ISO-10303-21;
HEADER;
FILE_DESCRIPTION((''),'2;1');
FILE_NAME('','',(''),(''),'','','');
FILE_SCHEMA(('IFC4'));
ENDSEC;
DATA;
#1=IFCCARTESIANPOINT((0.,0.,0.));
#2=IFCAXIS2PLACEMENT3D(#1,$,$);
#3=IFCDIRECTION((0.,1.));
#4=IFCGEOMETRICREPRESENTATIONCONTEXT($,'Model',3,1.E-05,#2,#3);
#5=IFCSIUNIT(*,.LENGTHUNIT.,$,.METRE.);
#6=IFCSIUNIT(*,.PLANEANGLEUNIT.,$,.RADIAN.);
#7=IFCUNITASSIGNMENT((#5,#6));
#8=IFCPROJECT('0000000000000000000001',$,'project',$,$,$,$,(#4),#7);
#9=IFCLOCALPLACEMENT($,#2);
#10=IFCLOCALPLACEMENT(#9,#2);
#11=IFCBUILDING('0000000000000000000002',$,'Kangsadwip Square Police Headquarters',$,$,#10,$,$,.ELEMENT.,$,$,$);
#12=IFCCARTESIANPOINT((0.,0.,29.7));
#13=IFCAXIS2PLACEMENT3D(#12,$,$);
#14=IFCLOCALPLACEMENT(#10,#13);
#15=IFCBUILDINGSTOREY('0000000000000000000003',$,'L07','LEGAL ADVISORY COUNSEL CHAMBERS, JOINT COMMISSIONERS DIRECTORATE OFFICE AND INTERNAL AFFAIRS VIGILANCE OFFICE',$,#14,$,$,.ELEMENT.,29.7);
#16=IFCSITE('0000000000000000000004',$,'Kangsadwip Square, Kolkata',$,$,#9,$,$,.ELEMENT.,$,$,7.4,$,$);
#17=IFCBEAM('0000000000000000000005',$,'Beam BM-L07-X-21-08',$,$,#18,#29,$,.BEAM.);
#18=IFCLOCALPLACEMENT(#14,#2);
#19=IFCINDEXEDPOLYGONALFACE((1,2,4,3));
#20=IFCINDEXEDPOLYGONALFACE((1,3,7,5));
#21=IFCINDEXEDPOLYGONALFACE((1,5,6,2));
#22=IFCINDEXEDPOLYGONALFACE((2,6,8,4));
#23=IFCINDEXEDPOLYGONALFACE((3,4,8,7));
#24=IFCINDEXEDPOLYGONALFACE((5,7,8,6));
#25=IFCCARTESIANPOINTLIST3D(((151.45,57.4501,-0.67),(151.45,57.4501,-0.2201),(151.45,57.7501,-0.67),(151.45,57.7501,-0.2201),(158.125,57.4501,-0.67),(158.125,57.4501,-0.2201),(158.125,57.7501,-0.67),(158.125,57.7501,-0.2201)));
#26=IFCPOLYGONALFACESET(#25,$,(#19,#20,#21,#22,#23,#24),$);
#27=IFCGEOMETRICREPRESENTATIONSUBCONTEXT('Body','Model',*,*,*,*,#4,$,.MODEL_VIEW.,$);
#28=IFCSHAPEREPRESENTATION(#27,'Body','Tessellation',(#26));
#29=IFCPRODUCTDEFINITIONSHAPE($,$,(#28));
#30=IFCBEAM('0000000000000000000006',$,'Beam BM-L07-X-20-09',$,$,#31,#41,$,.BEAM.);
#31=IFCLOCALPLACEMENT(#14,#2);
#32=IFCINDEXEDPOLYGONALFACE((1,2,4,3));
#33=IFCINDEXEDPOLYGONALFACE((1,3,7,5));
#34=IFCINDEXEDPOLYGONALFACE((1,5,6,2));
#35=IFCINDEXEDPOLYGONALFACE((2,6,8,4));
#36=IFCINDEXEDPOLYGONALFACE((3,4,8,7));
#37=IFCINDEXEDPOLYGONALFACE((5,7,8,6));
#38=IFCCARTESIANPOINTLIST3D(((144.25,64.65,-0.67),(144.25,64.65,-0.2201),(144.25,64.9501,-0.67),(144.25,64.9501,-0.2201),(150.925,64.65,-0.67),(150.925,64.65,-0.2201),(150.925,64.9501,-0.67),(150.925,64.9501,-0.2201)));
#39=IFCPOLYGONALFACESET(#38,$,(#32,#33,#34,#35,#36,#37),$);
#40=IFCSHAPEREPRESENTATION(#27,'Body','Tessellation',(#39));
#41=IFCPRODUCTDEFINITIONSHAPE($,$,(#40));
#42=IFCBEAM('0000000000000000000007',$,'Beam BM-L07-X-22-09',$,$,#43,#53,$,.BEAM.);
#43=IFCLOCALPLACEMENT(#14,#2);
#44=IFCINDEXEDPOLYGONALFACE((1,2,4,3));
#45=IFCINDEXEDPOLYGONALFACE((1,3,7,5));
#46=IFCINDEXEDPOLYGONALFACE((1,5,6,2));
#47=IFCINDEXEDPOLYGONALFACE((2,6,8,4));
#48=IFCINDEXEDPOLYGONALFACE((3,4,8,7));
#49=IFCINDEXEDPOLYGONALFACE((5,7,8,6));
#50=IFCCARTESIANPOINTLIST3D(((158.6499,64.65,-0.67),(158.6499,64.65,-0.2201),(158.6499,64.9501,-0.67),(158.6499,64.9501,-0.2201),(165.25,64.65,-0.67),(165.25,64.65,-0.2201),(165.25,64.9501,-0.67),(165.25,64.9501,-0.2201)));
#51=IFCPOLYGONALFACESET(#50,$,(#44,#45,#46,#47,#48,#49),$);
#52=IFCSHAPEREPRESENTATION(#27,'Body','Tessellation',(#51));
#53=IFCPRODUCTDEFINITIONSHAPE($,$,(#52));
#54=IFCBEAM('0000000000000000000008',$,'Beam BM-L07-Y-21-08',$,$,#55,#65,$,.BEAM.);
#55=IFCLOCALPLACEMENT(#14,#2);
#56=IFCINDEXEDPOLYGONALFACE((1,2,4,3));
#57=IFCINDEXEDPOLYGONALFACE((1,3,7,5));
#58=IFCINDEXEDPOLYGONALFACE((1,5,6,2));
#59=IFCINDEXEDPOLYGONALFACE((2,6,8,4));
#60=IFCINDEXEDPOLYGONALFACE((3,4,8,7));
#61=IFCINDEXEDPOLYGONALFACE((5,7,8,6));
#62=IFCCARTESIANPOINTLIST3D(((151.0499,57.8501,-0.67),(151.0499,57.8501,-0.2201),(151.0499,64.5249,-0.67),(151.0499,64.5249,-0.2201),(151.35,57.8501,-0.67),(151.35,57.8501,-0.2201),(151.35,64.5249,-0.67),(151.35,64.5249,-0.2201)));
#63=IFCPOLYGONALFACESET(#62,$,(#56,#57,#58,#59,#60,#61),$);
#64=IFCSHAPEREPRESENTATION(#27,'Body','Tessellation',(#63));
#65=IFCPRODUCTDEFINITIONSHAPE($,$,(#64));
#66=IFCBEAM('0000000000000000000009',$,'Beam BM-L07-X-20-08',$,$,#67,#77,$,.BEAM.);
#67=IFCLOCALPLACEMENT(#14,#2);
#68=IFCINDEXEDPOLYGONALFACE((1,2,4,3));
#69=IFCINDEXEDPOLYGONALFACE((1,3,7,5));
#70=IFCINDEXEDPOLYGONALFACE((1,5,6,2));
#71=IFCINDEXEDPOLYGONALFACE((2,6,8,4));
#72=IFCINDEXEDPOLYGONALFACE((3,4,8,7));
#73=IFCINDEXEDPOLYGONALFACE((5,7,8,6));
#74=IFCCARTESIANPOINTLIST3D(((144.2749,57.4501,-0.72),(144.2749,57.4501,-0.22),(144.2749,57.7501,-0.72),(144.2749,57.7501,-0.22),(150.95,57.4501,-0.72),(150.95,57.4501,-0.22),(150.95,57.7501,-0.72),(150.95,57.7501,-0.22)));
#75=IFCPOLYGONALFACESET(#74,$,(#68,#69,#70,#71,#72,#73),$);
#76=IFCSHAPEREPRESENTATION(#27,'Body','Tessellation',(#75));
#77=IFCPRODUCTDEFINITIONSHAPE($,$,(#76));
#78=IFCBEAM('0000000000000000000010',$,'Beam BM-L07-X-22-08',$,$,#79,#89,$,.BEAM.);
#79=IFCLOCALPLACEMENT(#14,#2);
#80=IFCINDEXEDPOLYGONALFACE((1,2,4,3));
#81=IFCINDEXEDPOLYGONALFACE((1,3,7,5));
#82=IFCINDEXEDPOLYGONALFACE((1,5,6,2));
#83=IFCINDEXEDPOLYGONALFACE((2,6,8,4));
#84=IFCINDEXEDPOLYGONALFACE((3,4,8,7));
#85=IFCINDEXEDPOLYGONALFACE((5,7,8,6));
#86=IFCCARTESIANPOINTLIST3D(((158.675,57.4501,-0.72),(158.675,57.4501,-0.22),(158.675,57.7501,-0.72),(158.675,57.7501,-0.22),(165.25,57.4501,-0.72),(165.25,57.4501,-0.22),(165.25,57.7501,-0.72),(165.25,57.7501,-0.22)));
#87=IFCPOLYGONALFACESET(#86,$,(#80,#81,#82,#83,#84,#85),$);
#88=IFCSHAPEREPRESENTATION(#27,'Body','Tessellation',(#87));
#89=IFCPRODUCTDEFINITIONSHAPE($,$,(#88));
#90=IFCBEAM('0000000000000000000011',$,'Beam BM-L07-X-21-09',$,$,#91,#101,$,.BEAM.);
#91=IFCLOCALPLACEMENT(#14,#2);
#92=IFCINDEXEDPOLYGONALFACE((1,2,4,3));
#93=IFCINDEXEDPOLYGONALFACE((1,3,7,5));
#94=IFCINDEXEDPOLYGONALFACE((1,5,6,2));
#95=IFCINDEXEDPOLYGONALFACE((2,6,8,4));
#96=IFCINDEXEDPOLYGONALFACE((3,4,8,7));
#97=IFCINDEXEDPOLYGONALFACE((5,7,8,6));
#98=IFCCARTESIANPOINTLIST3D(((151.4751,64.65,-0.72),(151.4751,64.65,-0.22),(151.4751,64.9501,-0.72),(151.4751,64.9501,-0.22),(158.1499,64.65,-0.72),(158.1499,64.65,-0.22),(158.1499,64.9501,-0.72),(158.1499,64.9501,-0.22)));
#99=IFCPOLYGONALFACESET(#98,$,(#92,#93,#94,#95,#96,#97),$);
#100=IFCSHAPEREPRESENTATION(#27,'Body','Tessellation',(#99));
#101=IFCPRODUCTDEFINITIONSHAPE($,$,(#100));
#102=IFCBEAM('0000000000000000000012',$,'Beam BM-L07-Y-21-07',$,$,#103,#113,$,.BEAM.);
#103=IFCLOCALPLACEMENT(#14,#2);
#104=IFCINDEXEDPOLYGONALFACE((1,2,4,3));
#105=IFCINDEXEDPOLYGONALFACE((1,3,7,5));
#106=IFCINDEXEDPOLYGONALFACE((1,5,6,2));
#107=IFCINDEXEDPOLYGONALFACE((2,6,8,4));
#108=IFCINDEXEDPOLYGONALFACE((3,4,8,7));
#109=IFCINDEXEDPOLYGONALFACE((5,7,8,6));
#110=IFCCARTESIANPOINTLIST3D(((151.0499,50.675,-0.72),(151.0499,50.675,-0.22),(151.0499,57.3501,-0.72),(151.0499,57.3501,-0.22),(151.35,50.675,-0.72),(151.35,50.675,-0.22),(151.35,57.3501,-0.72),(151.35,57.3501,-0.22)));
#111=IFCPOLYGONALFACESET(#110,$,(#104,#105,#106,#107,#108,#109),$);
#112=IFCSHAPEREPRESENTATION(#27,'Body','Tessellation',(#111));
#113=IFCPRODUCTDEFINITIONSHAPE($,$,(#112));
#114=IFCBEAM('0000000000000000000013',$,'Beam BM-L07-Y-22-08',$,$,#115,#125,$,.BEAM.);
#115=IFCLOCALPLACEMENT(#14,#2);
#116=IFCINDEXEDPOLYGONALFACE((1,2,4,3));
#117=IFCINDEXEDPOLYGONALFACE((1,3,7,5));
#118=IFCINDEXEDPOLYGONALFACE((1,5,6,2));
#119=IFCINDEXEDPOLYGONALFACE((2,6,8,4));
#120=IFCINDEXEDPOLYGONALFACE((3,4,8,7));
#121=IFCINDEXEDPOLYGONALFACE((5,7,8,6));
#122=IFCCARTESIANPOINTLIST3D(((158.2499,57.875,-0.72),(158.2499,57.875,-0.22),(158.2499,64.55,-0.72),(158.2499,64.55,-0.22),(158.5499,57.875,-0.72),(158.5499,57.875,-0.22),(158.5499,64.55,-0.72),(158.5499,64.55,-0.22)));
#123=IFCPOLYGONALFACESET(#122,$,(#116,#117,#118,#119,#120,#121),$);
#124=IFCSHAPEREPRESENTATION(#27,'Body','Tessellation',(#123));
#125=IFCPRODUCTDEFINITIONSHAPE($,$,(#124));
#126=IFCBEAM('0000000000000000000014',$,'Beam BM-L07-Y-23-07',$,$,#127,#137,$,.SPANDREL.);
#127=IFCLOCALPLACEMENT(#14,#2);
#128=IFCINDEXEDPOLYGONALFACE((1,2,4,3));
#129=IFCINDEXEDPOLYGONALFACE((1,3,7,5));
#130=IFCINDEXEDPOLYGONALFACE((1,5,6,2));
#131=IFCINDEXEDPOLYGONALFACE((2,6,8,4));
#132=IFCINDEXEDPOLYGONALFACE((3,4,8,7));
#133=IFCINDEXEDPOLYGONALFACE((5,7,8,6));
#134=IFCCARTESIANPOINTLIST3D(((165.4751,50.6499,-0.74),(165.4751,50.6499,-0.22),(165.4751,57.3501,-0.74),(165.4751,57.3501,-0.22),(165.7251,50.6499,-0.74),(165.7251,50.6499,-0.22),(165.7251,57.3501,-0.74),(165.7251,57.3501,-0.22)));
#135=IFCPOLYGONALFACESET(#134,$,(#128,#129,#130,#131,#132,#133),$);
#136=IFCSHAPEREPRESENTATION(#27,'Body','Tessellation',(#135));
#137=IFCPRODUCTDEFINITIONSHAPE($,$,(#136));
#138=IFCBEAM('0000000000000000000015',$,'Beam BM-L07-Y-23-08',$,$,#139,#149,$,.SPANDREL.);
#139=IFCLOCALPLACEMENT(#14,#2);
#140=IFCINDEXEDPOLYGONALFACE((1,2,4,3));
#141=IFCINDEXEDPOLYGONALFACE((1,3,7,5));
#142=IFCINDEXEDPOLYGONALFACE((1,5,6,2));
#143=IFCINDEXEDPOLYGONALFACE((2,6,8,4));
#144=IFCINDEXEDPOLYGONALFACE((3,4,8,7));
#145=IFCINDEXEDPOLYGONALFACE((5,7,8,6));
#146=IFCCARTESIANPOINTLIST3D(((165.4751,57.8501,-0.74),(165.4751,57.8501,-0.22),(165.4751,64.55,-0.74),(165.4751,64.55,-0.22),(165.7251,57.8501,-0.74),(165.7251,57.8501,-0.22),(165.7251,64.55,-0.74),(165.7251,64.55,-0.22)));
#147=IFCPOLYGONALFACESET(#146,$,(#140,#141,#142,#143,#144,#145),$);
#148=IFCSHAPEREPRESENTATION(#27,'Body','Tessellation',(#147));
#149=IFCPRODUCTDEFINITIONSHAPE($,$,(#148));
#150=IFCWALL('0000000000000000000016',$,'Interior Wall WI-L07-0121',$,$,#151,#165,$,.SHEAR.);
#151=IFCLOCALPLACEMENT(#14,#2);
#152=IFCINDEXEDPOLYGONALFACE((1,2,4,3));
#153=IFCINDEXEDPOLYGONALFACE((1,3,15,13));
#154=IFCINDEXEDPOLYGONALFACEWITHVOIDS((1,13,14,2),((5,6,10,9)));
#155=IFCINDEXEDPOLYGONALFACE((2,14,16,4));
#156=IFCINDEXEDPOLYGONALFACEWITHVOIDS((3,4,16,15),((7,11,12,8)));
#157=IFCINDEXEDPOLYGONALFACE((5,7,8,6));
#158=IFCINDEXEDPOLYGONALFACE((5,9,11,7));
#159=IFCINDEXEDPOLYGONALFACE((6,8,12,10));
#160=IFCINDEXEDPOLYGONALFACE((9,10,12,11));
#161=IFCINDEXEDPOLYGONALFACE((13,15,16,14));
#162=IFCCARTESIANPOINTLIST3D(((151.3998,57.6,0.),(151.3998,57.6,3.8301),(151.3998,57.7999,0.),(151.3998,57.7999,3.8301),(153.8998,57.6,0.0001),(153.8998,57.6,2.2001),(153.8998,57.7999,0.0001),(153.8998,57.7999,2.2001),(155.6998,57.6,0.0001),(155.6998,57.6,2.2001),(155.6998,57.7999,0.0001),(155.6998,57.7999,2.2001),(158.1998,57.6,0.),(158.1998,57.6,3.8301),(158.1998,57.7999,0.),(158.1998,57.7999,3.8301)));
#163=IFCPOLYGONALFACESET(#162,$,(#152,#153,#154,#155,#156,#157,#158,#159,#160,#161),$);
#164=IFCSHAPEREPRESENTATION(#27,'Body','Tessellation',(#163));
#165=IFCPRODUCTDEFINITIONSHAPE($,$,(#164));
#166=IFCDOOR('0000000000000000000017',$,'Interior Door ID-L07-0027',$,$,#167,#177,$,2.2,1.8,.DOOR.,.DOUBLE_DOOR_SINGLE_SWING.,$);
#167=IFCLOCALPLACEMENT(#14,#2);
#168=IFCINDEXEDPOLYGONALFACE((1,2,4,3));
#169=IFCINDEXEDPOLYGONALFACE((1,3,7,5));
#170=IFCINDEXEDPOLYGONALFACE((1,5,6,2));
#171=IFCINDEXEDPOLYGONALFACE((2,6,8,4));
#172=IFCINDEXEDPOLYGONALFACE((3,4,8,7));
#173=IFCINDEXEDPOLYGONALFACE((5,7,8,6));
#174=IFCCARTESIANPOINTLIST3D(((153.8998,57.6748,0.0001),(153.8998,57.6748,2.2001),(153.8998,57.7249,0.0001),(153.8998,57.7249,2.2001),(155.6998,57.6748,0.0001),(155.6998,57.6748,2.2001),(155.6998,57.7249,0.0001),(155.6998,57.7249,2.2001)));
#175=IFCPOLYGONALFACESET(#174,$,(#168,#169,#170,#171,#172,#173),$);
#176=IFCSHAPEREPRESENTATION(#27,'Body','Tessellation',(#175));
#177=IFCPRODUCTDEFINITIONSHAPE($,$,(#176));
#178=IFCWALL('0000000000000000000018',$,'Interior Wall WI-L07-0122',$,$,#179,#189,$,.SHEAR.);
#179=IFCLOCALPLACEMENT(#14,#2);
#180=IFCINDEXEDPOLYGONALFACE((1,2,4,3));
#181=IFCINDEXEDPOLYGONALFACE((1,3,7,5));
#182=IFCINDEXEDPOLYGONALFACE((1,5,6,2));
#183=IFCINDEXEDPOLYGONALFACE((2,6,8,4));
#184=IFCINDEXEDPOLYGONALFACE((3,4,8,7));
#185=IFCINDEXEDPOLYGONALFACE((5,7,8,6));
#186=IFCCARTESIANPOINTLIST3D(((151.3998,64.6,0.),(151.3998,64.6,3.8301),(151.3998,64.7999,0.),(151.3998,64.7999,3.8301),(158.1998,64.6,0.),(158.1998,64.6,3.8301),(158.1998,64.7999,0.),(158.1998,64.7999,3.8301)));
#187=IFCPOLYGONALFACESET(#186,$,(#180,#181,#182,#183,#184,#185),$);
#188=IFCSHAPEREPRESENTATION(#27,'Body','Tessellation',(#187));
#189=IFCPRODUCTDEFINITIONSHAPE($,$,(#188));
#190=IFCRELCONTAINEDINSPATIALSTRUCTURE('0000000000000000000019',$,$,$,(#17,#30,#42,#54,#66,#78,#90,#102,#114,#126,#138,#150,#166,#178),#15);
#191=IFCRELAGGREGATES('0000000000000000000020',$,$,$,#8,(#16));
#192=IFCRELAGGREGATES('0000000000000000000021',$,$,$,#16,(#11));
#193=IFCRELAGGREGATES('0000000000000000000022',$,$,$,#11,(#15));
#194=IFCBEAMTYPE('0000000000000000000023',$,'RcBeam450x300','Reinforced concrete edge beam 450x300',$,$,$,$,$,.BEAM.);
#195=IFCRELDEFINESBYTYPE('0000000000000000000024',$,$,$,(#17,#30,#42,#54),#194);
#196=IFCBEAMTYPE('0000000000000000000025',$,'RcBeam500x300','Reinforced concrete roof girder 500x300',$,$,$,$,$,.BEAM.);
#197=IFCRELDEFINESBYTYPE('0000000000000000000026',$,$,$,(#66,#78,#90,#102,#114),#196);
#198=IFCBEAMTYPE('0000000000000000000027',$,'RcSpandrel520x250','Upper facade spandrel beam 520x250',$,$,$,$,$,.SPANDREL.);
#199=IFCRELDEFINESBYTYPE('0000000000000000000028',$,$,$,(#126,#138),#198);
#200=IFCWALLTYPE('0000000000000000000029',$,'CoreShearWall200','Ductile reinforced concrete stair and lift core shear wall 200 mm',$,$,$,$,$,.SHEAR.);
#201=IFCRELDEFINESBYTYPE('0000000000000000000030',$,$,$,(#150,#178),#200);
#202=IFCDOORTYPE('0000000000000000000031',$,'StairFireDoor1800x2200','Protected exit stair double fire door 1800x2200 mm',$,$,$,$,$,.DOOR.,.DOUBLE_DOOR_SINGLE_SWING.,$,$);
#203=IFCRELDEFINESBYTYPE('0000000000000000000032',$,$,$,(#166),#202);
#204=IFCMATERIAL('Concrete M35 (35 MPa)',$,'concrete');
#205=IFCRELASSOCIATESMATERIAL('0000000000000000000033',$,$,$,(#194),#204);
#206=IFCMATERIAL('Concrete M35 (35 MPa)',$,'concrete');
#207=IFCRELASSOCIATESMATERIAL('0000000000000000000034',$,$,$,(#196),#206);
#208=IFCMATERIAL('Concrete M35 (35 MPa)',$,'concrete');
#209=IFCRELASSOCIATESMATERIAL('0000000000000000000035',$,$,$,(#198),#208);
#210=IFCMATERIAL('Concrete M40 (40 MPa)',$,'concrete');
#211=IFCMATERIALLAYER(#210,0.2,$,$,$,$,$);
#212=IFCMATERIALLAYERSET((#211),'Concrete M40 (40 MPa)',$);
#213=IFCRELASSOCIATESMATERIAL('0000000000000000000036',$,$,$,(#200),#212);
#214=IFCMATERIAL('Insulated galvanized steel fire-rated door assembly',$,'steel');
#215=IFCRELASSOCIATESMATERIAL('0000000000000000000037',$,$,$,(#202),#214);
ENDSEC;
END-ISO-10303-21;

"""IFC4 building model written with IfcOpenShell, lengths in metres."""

from ifc_helpers import new_model, si_unit, direction, frame, frame_2d, origin, origin_2d, place, context, subcontext, project, spatial, rectangle, extrude, material, layer, layer_set, material_profile, profile_set, type_object, element, fill, save


model = new_model("IFC4")

# Units and contexts
model_context = context("Model", 3, precision=1e-05, world=origin(), true_north=direction((0.0, 1.0)))
body_context = subcontext(model_context, "Body", "Model", "MODEL_VIEW")
ifc_project = project(units=[si_unit("LENGTHUNIT", "METRE"), si_unit("PLANEANGLEUNIT", "RADIAN")], contexts=[model_context])

# Site, building, storey
site_placement = place(None, origin())
site = spatial("IfcSite", under=ifc_project, at=site_placement, Name="Kangsadwip Square, Kolkata", CompositionType="ELEMENT", RefElevation=7.4)
building_placement = place(site_placement, origin())
building = spatial("IfcBuilding", under=site, at=building_placement, Name="Kangsadwip Square Police Headquarters", CompositionType="ELEMENT")
storey_placement = place(building_placement, frame((0.0, 0.0, 29.7)))
storey = spatial("IfcBuildingStorey", under=building, at=storey_placement, Name="L07", Description="LEGAL ADVISORY COUNSEL CHAMBERS, JOINT COMMISSIONERS DIRECTORATE OFFICE AND INTERNAL AFFAIRS VIGILANCE OFFICE", CompositionType="ELEMENT", Elevation=29.7)

# Beams
ifc_material_1 = material(Name="Concrete M35 (35 MPa)", Category="concrete")
ifc_material_profile_1 = material_profile(ifc_material_1, rectangle(XDim=0.3, YDim=0.45, at=origin_2d()), Name="RC BM 450X300")
ifc_profile_set_1 = profile_set([ifc_material_profile_1], Name="Concrete M35 (35 MPa)")
beam_type_1 = type_object("IfcBeamType", Name="RcBeam450x300", Description="Reinforced concrete edge beam 450x300", PredefinedType="BEAM", material=ifc_profile_set_1)
for number, where, z_axis, x_axis, name in (
    (1, (151.45, 57.6001, -0.4451), (1.0, 0.0, 0.0), (0.0, 1.0, 0.0), "Beam BM-L07-X-21-08"),
    (2, (144.25, 64.8, -0.4451), (1.0, 0.0, 0.0), (0.0, 1.0, 0.0), "Beam BM-L07-X-20-09"),
):
    element("IfcBeam", number, at=place(storey_placement, frame(where, z_axis=z_axis, x_axis=x_axis)), inside=storey, type_object=beam_type_1, Name=name, PredefinedType="BEAM", context=body_context, shape_type="SweptSolid", body=[
        extrude(rectangle(XDim=0.3, YDim=0.45, at=origin_2d()), origin(), (0.0, 0.0, 1.0), 6.675),
    ])
beam_1_placement = place(storey_placement, frame((158.6499, 64.8, -0.4451), z_axis=(1.0, 0.0, 0.0), x_axis=(0.0, 1.0, 0.0)))
element("IfcBeam", 3, at=beam_1_placement, inside=storey, type_object=beam_type_1, Name="Beam BM-L07-X-22-09", PredefinedType="BEAM", context=body_context, shape_type="SweptSolid", body=[
    extrude(rectangle(XDim=0.3, YDim=0.45, at=origin_2d()), origin(), (0.0, 0.0, 1.0), 6.6001),
])
beam_2_placement = place(storey_placement, frame((151.2, 57.8501, -0.4451), z_axis=(0.0, 1.0, 0.0), x_axis=(-1.0, 0.0, 0.0)))
element("IfcBeam", 4, at=beam_2_placement, inside=storey, type_object=beam_type_1, Name="Beam BM-L07-Y-21-08", PredefinedType="BEAM", context=body_context, shape_type="SweptSolid", body=[
    extrude(rectangle(XDim=0.3, YDim=0.45, at=origin_2d()), origin(), (0.0, 0.0, 1.0), 6.6748),
])
ifc_material_2 = material(Name="Concrete M35 (35 MPa)", Category="concrete")
ifc_material_profile_2 = material_profile(ifc_material_2, rectangle(XDim=0.3, YDim=0.5, at=origin_2d()), Name="RC BM 500X300")
ifc_profile_set_2 = profile_set([ifc_material_profile_2], Name="Concrete M35 (35 MPa)")
beam_type_2 = type_object("IfcBeamType", Name="RcBeam500x300", Description="Reinforced concrete roof girder 500x300", PredefinedType="BEAM", material=ifc_profile_set_2)
beam_3_placement = place(storey_placement, frame((144.2749, 57.6001, -0.47), z_axis=(1.0, 0.0, 0.0), x_axis=(0.0, 1.0, 0.0)))
element("IfcBeam", 5, at=beam_3_placement, inside=storey, type_object=beam_type_2, Name="Beam BM-L07-X-20-08", PredefinedType="BEAM", context=body_context, shape_type="SweptSolid", body=[
    extrude(rectangle(XDim=0.3, YDim=0.5, at=origin_2d()), origin(), (0.0, 0.0, 1.0), 6.675),
])
beam_4_placement = place(storey_placement, frame((158.675, 57.6001, -0.47), z_axis=(1.0, 0.0, 0.0), x_axis=(0.0, 1.0, 0.0)))
element("IfcBeam", 6, at=beam_4_placement, inside=storey, type_object=beam_type_2, Name="Beam BM-L07-X-22-08", PredefinedType="BEAM", context=body_context, shape_type="SweptSolid", body=[
    extrude(rectangle(XDim=0.3, YDim=0.5, at=origin_2d()), origin(), (0.0, 0.0, 1.0), 6.575),
])
beam_5_placement = place(storey_placement, frame((151.4751, 64.8, -0.47), z_axis=(1.0, 0.0, 0.0), x_axis=(0.0, 1.0, 0.0)))
element("IfcBeam", 7, at=beam_5_placement, inside=storey, type_object=beam_type_2, Name="Beam BM-L07-X-21-09", PredefinedType="BEAM", context=body_context, shape_type="SweptSolid", body=[
    extrude(rectangle(XDim=0.3, YDim=0.5, at=origin_2d()), origin(), (0.0, 0.0, 1.0), 6.6748),
])
for number, where, z_axis, x_axis, name in (
    (8, (151.2, 50.675, -0.47), (0.0, 1.0, 0.0), (-1.0, 0.0, 0.0), "Beam BM-L07-Y-21-07"),
    (9, (158.3999, 57.875, -0.47), (0.0, 1.0, 0.0), (-1.0, 0.0, 0.0), "Beam BM-L07-Y-22-08"),
):
    element("IfcBeam", number, at=place(storey_placement, frame(where, z_axis=z_axis, x_axis=x_axis)), inside=storey, type_object=beam_type_2, Name=name, PredefinedType="BEAM", context=body_context, shape_type="SweptSolid", body=[
        extrude(rectangle(XDim=0.3, YDim=0.5, at=origin_2d()), origin(), (0.0, 0.0, 1.0), 6.675),
    ])
ifc_material_3 = material(Name="Concrete M35 (35 MPa)", Category="concrete")
ifc_material_profile_3 = material_profile(ifc_material_3, rectangle(XDim=0.25, YDim=0.52, at=origin_2d()), Name="RC SPN 520X250")
ifc_profile_set_3 = profile_set([ifc_material_profile_3], Name="Concrete M35 (35 MPa)")
beam_type_3 = type_object("IfcBeamType", Name="RcSpandrel520x250", Description="Upper facade spandrel beam 520x250", PredefinedType="SPANDREL", material=ifc_profile_set_3)
beam_6_placement = place(storey_placement, frame((165.6001, 50.6499, -0.48), z_axis=(0.0, 1.0, 0.0), x_axis=(-1.0, 0.0, 0.0)))
element("IfcBeam", 10, at=beam_6_placement, inside=storey, type_object=beam_type_3, Name="Beam BM-L07-Y-23-07", PredefinedType="SPANDREL", context=body_context, shape_type="SweptSolid", body=[
    extrude(rectangle(XDim=0.25, YDim=0.52, at=origin_2d()), origin(), (0.0, 0.0, 1.0), 6.7002),
])
beam_7_placement = place(storey_placement, frame((165.6001, 57.8501, -0.48), z_axis=(0.0, 1.0, 0.0), x_axis=(-1.0, 0.0, 0.0)))
element("IfcBeam", 11, at=beam_7_placement, inside=storey, type_object=beam_type_3, Name="Beam BM-L07-Y-23-08", PredefinedType="SPANDREL", context=body_context, shape_type="SweptSolid", body=[
    extrude(rectangle(XDim=0.25, YDim=0.52, at=origin_2d()), origin(), (0.0, 0.0, 1.0), 6.7),
])

# Wall, opening, door
ifc_material_4 = material(Name="Concrete M40 (40 MPa)", Category="concrete")
ifc_layer_1 = layer(ifc_material_4, 0.2)
ifc_layer_set_1 = layer_set([ifc_layer_1], Name="Concrete M40 (40 MPa)")
wall_type_1 = type_object("IfcWallType", Name="CoreShearWall200", Description="Ductile reinforced concrete stair and lift core shear wall 200 mm", PredefinedType="SHEAR", material=ifc_layer_set_1)
wall_placement = place(storey_placement, frame((151.3999, 57.7, 0.0), z_axis=(0.0, 0.0, 1.0), x_axis=(1.0, 0.0, 0.0)))
wall = element("IfcWall", 12, at=wall_placement, inside=storey, type_object=wall_type_1, Name="Interior Wall WI-L07-0121", PredefinedType="SHEAR", context=body_context, shape_type="SweptSolid", body=[
    extrude(rectangle(XDim=6.8, YDim=0.2, at=frame_2d((3.3999, 0.0))), origin(), (0.0, 0.0, 1.0), 3.8301),
])
opening_placement = place(wall_placement, frame((2.5, 0.0, 0.0)))
opening = element("IfcOpeningElement", 13, at=opening_placement, cuts=wall, PredefinedType="OPENING", context=body_context, shape_type="SweptSolid", body=[
    extrude(rectangle(XDim=1.8, YDim=2.2, at=frame_2d((0.8999, 1.1001))), frame((0.0, 0.1099, 0.0), z_axis=(0.0, -1.0, 0.0), x_axis=(1.0, 0.0, 0.0)), (0.0, 0.0, 1.0), 0.22),
])
ifc_material_5 = material(Name="Insulated galvanized steel fire-rated door assembly", Category="steel")
door_type = type_object("IfcDoorType", Name="StairFireDoor1800x2200", Description="Protected exit stair double fire door 1800x2200 mm", OperationType="DOUBLE_DOOR_SINGLE_SWING", PredefinedType="DOOR", material=ifc_material_5)
door_placement = place(opening_placement, origin())
door = element("IfcDoor", 14, at=door_placement, inside=storey, type_object=door_type, Name="Interior Door ID-L07-0027", OperationType="DOUBLE_DOOR_SINGLE_SWING", OverallHeight=2.2, OverallWidth=1.8, PredefinedType="DOOR", context=body_context, shape_type="SweptSolid", body=[
    extrude(rectangle(XDim=1.8, YDim=2.2, at=frame_2d((0.8999, 1.1001))), frame((0.0, 0.0249, 0.0), z_axis=(0.0, -1.0, 0.0), x_axis=(1.0, 0.0, 0.0)), (0.0, 0.0, 1.0), 0.05),
])
fill(opening, door)

# Wall
for number, where, z_axis, x_axis, name in (
    (15, (151.3999, 64.7, 0.0), (0.0, 0.0, 1.0), (1.0, 0.0, 0.0), "Interior Wall WI-L07-0122"),
):
    element("IfcWall", number, at=place(storey_placement, frame(where, z_axis=z_axis, x_axis=x_axis)), inside=storey, type_object=wall_type_1, Name=name, PredefinedType="SHEAR", context=body_context, shape_type="SweptSolid", body=[
        extrude(rectangle(XDim=6.8, YDim=0.2, at=frame_2d((3.3999, 0.0))), origin(), (0.0, 0.0, 1.0), 3.8301),
    ])

save(model, "model.ifc")
